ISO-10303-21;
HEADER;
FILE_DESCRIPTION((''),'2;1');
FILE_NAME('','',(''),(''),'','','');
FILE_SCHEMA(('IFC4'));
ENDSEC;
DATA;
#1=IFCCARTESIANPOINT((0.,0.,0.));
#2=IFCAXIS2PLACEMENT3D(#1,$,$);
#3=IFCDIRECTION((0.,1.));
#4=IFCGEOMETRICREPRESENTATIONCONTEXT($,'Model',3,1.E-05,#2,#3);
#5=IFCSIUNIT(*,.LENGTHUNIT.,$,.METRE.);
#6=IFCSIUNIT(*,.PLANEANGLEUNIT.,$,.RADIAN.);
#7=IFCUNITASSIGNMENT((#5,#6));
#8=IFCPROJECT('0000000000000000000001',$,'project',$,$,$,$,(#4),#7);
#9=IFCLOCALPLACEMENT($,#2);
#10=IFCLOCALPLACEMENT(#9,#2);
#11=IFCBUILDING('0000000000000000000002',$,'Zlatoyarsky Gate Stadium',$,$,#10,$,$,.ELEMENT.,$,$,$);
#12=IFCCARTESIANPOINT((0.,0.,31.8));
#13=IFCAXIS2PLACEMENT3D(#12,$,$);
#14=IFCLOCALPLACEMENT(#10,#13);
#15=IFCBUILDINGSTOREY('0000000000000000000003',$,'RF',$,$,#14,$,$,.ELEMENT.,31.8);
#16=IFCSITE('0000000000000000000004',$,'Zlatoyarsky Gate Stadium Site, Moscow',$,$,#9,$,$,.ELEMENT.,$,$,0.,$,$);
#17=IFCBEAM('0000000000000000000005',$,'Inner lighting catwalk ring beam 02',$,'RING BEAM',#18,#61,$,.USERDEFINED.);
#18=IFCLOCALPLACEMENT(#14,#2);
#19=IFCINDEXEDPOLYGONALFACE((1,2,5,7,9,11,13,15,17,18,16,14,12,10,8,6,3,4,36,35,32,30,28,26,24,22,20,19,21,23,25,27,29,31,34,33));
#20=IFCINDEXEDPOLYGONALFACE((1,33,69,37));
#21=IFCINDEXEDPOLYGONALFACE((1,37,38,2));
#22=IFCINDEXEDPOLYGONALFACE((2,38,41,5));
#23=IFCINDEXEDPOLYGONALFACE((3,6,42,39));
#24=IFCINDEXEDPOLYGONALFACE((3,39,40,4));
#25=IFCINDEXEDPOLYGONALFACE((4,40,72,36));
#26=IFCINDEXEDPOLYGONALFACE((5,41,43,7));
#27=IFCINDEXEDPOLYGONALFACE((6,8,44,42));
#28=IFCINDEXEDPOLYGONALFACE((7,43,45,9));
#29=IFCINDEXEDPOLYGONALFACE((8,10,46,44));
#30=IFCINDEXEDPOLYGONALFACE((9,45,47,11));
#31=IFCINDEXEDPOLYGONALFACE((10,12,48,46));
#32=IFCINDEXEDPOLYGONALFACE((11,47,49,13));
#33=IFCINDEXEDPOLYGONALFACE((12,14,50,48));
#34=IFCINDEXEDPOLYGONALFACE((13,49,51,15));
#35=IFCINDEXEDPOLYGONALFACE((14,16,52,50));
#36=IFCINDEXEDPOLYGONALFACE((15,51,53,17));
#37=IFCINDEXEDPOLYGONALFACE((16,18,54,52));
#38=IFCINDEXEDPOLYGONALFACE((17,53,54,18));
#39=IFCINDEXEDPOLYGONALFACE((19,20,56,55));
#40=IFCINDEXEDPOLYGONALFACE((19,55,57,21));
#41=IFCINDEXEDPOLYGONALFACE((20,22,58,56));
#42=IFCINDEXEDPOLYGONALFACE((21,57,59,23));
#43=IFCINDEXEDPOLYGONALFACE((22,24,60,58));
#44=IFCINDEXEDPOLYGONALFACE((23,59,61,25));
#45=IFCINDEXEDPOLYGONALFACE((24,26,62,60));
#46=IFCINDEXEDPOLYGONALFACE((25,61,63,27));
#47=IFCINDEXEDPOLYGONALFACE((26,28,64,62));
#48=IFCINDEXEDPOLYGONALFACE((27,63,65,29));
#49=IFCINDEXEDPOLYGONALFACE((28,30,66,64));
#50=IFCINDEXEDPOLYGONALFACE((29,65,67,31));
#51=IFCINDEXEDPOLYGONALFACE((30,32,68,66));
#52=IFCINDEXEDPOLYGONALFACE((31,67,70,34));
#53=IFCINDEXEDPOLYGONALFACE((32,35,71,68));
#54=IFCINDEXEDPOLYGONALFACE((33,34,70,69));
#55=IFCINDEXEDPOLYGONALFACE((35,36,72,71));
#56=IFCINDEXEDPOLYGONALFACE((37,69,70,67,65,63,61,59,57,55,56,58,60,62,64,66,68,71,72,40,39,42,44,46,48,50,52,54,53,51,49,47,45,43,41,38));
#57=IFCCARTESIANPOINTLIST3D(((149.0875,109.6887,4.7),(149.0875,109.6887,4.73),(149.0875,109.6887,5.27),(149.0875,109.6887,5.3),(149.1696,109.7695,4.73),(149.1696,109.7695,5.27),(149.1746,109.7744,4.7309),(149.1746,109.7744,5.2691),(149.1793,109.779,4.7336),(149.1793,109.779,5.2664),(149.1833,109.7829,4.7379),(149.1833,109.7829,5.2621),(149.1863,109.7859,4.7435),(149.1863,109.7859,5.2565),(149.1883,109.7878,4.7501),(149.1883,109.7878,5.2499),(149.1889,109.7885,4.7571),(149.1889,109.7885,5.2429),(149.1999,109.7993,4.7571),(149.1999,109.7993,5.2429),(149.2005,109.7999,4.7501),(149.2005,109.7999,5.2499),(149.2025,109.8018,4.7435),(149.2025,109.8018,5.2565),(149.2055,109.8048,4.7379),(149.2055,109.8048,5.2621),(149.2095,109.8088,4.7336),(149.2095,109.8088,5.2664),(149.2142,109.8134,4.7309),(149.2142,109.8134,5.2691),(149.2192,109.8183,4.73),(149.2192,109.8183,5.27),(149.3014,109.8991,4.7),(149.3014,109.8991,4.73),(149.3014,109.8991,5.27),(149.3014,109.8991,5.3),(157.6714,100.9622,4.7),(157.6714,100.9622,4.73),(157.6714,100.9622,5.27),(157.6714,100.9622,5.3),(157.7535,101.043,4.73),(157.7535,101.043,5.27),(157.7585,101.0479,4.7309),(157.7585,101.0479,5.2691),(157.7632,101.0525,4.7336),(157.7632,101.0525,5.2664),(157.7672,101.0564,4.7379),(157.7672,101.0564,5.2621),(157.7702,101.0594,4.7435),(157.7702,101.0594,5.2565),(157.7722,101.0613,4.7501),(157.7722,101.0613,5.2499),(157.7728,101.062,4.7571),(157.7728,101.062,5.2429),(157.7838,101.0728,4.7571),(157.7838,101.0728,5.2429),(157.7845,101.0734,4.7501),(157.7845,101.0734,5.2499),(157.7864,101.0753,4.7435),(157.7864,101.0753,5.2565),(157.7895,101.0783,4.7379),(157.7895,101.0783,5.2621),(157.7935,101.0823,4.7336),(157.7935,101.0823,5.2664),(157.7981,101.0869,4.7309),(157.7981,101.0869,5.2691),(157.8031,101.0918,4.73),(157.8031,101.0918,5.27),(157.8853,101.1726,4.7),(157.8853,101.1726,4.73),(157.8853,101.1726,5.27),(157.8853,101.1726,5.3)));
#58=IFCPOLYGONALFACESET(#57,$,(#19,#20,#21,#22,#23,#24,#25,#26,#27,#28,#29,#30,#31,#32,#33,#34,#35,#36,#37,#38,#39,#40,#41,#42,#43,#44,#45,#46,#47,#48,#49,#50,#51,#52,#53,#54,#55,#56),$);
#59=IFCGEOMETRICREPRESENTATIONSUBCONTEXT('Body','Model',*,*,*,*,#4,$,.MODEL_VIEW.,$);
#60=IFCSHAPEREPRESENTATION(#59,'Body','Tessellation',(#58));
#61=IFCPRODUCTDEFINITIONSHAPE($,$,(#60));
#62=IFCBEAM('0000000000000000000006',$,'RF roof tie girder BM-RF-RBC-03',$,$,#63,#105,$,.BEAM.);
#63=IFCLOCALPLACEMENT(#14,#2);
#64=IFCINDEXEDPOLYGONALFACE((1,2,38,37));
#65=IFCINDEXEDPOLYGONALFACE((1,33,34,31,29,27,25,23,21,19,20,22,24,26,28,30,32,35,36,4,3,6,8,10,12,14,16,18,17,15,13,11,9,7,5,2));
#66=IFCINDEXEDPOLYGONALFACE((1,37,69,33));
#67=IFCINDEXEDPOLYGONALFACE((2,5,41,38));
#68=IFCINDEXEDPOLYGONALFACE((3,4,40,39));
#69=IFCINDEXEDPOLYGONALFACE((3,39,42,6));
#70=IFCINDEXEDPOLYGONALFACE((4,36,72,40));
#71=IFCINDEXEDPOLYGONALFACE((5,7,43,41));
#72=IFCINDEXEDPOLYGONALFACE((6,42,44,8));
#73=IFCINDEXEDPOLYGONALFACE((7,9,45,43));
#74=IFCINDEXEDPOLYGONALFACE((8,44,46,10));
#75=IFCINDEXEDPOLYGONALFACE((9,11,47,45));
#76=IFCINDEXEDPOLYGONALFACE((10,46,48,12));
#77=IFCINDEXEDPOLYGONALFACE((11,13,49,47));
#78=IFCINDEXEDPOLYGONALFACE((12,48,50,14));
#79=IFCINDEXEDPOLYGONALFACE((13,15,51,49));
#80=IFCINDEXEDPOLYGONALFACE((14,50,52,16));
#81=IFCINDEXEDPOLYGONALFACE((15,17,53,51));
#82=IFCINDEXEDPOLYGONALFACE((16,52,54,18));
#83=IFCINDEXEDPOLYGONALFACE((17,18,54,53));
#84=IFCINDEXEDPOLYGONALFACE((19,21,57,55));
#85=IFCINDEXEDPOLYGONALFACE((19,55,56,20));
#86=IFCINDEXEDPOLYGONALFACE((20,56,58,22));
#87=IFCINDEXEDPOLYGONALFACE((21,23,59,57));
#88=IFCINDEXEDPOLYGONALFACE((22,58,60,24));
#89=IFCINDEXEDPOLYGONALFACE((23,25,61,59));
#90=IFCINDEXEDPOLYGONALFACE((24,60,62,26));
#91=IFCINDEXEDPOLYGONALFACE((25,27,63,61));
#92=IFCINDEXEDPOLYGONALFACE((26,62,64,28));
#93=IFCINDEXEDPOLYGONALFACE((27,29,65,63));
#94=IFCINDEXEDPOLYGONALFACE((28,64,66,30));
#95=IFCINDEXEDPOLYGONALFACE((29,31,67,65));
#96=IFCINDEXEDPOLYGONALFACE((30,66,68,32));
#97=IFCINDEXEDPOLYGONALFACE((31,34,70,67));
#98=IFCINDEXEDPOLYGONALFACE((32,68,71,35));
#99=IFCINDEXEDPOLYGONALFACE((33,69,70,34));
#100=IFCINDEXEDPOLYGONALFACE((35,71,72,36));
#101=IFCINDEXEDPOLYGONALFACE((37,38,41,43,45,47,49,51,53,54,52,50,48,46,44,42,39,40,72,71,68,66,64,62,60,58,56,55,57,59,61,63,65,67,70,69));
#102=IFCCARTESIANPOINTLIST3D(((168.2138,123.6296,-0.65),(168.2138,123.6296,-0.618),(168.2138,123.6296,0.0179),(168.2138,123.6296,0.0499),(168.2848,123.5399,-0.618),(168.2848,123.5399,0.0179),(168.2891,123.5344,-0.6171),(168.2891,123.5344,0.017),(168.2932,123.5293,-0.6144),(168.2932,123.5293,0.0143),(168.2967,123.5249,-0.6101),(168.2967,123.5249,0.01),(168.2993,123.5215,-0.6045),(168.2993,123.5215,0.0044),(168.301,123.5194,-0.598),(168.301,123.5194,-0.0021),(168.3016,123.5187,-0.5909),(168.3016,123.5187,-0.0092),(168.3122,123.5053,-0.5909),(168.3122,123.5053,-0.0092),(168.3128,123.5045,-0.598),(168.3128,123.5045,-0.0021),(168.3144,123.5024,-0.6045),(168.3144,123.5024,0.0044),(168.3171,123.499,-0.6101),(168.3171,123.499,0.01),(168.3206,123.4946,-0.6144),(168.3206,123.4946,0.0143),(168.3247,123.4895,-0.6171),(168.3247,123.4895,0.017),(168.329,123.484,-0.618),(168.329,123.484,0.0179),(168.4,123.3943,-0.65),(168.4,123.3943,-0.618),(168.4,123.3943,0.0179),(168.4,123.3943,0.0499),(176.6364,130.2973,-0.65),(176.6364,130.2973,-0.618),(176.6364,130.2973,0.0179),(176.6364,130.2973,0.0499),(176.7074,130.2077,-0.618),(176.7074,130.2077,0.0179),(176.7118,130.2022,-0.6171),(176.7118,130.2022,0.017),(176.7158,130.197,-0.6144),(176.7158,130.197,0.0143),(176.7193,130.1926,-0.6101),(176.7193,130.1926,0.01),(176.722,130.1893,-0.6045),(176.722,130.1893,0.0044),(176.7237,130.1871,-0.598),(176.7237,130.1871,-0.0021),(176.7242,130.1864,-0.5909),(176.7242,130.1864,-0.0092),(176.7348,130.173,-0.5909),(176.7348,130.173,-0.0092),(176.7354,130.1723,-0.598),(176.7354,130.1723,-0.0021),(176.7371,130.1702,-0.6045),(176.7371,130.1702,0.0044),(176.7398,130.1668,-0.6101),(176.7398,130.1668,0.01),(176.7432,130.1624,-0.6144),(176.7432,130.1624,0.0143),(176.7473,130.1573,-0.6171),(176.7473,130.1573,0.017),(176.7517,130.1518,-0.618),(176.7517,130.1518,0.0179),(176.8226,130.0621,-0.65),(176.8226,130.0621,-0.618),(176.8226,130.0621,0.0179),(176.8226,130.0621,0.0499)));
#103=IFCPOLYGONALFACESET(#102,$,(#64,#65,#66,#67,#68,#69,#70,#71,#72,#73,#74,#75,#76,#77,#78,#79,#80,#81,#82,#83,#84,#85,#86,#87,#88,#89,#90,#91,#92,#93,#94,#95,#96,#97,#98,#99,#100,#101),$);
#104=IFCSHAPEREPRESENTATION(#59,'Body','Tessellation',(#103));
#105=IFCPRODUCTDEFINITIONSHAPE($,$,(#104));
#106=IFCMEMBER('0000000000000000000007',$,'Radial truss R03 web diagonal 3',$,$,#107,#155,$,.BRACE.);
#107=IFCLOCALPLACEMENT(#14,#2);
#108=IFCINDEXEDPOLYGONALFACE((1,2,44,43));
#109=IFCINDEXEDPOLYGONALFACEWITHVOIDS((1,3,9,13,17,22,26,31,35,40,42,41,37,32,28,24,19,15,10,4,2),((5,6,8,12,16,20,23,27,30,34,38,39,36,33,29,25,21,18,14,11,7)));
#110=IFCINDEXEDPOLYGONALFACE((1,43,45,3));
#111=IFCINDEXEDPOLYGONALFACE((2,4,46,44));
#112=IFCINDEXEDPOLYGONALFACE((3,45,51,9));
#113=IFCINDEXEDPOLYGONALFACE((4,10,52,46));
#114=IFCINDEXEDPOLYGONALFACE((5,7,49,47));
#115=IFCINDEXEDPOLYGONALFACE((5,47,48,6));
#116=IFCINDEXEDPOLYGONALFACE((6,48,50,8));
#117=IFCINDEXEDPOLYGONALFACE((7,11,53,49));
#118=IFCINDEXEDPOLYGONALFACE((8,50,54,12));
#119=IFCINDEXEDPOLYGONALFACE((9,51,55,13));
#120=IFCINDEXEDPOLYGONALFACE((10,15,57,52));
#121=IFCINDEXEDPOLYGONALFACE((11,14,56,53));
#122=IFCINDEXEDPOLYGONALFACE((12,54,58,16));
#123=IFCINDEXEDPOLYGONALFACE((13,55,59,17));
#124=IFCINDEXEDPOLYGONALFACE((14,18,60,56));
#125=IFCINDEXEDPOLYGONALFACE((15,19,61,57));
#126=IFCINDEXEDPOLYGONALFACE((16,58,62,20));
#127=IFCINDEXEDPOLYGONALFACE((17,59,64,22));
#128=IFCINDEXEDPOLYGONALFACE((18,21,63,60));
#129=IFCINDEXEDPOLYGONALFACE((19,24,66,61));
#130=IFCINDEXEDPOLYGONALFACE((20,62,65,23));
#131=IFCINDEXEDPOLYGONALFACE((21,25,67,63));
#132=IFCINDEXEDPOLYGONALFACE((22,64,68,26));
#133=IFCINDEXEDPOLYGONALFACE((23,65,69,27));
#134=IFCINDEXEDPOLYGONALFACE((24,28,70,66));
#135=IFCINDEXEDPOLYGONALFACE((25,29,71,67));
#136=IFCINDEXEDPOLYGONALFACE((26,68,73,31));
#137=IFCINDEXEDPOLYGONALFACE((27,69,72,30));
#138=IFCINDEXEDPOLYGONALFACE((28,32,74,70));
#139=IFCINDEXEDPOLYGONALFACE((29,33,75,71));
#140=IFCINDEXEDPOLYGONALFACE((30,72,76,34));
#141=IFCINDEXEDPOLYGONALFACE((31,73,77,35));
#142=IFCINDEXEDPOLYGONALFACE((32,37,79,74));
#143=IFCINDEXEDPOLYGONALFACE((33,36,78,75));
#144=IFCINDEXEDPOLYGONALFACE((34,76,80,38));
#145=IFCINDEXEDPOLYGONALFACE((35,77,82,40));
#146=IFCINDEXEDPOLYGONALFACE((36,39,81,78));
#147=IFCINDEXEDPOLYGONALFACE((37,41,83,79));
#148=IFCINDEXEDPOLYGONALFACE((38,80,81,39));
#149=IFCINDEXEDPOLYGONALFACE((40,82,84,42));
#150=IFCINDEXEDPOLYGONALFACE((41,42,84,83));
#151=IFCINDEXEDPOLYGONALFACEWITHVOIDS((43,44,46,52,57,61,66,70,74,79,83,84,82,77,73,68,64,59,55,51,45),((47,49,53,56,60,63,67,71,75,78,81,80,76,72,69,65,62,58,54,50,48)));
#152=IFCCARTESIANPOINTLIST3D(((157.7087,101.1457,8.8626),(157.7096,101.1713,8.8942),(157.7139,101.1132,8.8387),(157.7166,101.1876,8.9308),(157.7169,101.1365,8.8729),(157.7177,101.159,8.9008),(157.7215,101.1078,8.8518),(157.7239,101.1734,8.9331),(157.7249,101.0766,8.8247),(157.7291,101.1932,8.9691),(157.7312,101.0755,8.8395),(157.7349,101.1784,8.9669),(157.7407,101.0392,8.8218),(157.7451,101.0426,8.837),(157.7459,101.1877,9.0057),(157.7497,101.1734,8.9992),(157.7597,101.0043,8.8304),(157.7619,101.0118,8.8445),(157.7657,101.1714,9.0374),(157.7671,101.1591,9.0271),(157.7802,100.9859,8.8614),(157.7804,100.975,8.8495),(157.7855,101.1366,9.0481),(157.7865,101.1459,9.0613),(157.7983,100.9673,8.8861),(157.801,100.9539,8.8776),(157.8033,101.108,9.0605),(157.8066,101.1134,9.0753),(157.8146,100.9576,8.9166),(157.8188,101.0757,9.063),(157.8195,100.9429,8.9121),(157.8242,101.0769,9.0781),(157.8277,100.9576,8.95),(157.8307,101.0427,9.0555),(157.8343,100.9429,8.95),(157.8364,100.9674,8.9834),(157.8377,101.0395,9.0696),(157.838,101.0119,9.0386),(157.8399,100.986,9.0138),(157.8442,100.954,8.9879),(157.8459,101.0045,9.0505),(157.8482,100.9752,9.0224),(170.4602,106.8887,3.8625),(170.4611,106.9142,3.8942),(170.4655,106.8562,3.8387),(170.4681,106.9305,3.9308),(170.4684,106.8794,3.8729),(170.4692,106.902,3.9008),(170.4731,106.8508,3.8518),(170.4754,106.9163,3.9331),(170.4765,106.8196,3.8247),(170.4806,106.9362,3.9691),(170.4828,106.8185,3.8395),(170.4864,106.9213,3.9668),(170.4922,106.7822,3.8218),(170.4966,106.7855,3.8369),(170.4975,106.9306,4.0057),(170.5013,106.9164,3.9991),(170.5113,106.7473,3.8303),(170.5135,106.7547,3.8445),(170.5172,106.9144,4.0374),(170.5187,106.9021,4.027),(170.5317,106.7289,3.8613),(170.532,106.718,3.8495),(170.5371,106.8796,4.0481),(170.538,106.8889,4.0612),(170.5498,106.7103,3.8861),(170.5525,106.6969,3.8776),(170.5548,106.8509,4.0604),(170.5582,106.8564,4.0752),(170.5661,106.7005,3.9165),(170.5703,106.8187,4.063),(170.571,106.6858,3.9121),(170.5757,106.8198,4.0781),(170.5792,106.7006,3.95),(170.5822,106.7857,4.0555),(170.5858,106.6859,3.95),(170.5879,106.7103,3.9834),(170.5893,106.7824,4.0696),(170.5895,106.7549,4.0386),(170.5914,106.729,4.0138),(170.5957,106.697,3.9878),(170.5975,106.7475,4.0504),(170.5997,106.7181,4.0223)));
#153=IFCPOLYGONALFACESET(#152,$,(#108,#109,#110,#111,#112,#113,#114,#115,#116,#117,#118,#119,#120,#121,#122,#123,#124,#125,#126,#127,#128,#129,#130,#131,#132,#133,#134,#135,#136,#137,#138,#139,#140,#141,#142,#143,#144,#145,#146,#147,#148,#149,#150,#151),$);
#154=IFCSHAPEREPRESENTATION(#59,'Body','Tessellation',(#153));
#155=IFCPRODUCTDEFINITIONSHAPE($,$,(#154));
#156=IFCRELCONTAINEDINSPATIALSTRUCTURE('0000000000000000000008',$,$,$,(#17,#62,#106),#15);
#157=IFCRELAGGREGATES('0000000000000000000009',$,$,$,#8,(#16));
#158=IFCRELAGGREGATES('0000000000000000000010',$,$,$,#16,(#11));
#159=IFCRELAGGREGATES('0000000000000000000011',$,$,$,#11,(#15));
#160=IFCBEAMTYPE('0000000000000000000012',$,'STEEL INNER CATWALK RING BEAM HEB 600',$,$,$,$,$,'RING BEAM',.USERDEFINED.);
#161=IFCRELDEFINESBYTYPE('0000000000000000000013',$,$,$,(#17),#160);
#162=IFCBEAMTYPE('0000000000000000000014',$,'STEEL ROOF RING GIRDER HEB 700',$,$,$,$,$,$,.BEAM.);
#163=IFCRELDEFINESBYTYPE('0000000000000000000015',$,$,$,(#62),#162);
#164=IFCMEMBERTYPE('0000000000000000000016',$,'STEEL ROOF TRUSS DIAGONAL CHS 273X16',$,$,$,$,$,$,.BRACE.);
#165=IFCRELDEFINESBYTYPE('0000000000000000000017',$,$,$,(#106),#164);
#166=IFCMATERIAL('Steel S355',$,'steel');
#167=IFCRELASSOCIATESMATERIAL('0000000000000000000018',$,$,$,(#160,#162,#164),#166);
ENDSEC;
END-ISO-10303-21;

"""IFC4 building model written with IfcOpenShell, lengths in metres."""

from ifc_helpers import new_model, si_unit, direction, frame, origin, origin_2d, place, context, subcontext, project, spatial, hollow_circle, i_section, extrude, material, material_profile, profile_set, type_object, element, save


model = new_model("IFC4")

# Units and contexts
model_context = context("Model", 3, precision=1e-05, world=origin(), true_north=direction((0.0, 1.0)))
body_context = subcontext(model_context, "Body", "Model", "MODEL_VIEW")
ifc_project = project(units=[si_unit("LENGTHUNIT", "METRE"), si_unit("PLANEANGLEUNIT", "RADIAN")], contexts=[model_context])

# Site, building, storey
site_placement = place(None, origin())
site = spatial("IfcSite", under=ifc_project, at=site_placement, Name="Zlatoyarsky Gate Stadium Site, Moscow", CompositionType="ELEMENT", RefElevation=0.0)
building_placement = place(site_placement, origin())
building = spatial("IfcBuilding", under=site, at=building_placement, Name="Zlatoyarsky Gate Stadium", CompositionType="ELEMENT")
storey_placement = place(building_placement, frame((0.0, 0.0, 31.8)))
storey = spatial("IfcBuildingStorey", under=building, at=storey_placement, Name="RF", CompositionType="ELEMENT", Elevation=31.8)

# Shared definitions
ifc_material_1 = material(Name="Steel S355", Category="steel")

# Beams
ifc_material_profile_1 = material_profile(ifc_material_1, i_section(OverallWidth=0.3, OverallDepth=0.6001, WebThickness=0.0154, FlangeThickness=0.03, FilletRadius=0.0271, at=origin_2d()), Name="HEB 600")
ifc_profile_set_1 = profile_set([ifc_material_profile_1], Name="Steel S355")
beam_type_1 = type_object("IfcBeamType", Name="STEEL INNER CATWALK RING BEAM HEB 600", ElementType="RING BEAM", PredefinedType="USERDEFINED", material=ifc_profile_set_1)
beam_1_placement = place(storey_placement, frame((157.7783, 101.0674, 5.0), z_axis=(-0.701259, 0.712907, 0.0), x_axis=(-0.712907, -0.701259, 0.0)))
element("IfcBeam", 1, at=beam_1_placement, inside=storey, type_object=beam_type_1, Name="Inner lighting catwalk ring beam 02", ObjectType="RING BEAM", PredefinedType="USERDEFINED", context=body_context, shape_type="SweptSolid", body=[
    extrude(i_section(OverallWidth=0.3, OverallDepth=0.6001, WebThickness=0.0154, FlangeThickness=0.03, FilletRadius=0.0271, at=origin_2d()), origin(), (0.0, 0.0, 1.0), 12.2407),
])
ifc_material_profile_2 = material_profile(ifc_material_1, i_section(OverallWidth=0.3, OverallDepth=0.7, WebThickness=0.0171, FlangeThickness=0.032, FilletRadius=0.0271, at=origin_2d()), Name="HEB 700")
ifc_profile_set_2 = profile_set([ifc_material_profile_2], Name="Steel S355")
beam_type_2 = type_object("IfcBeamType", Name="STEEL ROOF RING GIRDER HEB 700", PredefinedType="BEAM", material=ifc_profile_set_2)
beam_2_placement = place(storey_placement, frame((168.3069, 123.512, -0.3), z_axis=(0.784054, 0.620693, 0.0), x_axis=(-0.620693, 0.784054, 0.0)))
element("IfcBeam", 2, at=beam_2_placement, inside=storey, type_object=beam_type_2, Name="RF roof tie girder BM-RF-RBC-03", PredefinedType="BEAM", context=body_context, shape_type="SweptSolid", body=[
    extrude(i_section(OverallWidth=0.3, OverallDepth=0.7, WebThickness=0.0171, FlangeThickness=0.032, FilletRadius=0.0271, at=origin_2d()), origin(), (0.0, 0.0, 1.0), 10.7424),
])

# Member
ifc_material_profile_3 = material_profile(ifc_material_1, hollow_circle(Radius=0.1365, WallThickness=0.0161, at=origin_2d()), Name="CHS 273X16")
ifc_profile_set_3 = profile_set([ifc_material_profile_3], Name="Steel S355")
member_type_1 = type_object("IfcMemberType", Name="STEEL ROOF TRUSS DIAGONAL CHS 273X16", PredefinedType="BRACE", material=ifc_profile_set_3)
member_1_placement = place(storey_placement, frame((170.5298, 106.8103, 3.95), z_axis=(-0.858571, -0.386677, 0.336656), x_axis=(0.410648, -0.911794, 0.0)))
element("IfcMember", 3, at=member_1_placement, inside=storey, type_object=member_type_1, Name="Radial truss R03 web diagonal 3", PredefinedType="BRACE", context=body_context, shape_type="SweptSolid", body=[
    extrude(hollow_circle(Radius=0.1365, WallThickness=0.0161, at=origin_2d()), origin(), (0.0, 0.0, 1.0), 14.8521),
])

save(model, "model.ifc")
